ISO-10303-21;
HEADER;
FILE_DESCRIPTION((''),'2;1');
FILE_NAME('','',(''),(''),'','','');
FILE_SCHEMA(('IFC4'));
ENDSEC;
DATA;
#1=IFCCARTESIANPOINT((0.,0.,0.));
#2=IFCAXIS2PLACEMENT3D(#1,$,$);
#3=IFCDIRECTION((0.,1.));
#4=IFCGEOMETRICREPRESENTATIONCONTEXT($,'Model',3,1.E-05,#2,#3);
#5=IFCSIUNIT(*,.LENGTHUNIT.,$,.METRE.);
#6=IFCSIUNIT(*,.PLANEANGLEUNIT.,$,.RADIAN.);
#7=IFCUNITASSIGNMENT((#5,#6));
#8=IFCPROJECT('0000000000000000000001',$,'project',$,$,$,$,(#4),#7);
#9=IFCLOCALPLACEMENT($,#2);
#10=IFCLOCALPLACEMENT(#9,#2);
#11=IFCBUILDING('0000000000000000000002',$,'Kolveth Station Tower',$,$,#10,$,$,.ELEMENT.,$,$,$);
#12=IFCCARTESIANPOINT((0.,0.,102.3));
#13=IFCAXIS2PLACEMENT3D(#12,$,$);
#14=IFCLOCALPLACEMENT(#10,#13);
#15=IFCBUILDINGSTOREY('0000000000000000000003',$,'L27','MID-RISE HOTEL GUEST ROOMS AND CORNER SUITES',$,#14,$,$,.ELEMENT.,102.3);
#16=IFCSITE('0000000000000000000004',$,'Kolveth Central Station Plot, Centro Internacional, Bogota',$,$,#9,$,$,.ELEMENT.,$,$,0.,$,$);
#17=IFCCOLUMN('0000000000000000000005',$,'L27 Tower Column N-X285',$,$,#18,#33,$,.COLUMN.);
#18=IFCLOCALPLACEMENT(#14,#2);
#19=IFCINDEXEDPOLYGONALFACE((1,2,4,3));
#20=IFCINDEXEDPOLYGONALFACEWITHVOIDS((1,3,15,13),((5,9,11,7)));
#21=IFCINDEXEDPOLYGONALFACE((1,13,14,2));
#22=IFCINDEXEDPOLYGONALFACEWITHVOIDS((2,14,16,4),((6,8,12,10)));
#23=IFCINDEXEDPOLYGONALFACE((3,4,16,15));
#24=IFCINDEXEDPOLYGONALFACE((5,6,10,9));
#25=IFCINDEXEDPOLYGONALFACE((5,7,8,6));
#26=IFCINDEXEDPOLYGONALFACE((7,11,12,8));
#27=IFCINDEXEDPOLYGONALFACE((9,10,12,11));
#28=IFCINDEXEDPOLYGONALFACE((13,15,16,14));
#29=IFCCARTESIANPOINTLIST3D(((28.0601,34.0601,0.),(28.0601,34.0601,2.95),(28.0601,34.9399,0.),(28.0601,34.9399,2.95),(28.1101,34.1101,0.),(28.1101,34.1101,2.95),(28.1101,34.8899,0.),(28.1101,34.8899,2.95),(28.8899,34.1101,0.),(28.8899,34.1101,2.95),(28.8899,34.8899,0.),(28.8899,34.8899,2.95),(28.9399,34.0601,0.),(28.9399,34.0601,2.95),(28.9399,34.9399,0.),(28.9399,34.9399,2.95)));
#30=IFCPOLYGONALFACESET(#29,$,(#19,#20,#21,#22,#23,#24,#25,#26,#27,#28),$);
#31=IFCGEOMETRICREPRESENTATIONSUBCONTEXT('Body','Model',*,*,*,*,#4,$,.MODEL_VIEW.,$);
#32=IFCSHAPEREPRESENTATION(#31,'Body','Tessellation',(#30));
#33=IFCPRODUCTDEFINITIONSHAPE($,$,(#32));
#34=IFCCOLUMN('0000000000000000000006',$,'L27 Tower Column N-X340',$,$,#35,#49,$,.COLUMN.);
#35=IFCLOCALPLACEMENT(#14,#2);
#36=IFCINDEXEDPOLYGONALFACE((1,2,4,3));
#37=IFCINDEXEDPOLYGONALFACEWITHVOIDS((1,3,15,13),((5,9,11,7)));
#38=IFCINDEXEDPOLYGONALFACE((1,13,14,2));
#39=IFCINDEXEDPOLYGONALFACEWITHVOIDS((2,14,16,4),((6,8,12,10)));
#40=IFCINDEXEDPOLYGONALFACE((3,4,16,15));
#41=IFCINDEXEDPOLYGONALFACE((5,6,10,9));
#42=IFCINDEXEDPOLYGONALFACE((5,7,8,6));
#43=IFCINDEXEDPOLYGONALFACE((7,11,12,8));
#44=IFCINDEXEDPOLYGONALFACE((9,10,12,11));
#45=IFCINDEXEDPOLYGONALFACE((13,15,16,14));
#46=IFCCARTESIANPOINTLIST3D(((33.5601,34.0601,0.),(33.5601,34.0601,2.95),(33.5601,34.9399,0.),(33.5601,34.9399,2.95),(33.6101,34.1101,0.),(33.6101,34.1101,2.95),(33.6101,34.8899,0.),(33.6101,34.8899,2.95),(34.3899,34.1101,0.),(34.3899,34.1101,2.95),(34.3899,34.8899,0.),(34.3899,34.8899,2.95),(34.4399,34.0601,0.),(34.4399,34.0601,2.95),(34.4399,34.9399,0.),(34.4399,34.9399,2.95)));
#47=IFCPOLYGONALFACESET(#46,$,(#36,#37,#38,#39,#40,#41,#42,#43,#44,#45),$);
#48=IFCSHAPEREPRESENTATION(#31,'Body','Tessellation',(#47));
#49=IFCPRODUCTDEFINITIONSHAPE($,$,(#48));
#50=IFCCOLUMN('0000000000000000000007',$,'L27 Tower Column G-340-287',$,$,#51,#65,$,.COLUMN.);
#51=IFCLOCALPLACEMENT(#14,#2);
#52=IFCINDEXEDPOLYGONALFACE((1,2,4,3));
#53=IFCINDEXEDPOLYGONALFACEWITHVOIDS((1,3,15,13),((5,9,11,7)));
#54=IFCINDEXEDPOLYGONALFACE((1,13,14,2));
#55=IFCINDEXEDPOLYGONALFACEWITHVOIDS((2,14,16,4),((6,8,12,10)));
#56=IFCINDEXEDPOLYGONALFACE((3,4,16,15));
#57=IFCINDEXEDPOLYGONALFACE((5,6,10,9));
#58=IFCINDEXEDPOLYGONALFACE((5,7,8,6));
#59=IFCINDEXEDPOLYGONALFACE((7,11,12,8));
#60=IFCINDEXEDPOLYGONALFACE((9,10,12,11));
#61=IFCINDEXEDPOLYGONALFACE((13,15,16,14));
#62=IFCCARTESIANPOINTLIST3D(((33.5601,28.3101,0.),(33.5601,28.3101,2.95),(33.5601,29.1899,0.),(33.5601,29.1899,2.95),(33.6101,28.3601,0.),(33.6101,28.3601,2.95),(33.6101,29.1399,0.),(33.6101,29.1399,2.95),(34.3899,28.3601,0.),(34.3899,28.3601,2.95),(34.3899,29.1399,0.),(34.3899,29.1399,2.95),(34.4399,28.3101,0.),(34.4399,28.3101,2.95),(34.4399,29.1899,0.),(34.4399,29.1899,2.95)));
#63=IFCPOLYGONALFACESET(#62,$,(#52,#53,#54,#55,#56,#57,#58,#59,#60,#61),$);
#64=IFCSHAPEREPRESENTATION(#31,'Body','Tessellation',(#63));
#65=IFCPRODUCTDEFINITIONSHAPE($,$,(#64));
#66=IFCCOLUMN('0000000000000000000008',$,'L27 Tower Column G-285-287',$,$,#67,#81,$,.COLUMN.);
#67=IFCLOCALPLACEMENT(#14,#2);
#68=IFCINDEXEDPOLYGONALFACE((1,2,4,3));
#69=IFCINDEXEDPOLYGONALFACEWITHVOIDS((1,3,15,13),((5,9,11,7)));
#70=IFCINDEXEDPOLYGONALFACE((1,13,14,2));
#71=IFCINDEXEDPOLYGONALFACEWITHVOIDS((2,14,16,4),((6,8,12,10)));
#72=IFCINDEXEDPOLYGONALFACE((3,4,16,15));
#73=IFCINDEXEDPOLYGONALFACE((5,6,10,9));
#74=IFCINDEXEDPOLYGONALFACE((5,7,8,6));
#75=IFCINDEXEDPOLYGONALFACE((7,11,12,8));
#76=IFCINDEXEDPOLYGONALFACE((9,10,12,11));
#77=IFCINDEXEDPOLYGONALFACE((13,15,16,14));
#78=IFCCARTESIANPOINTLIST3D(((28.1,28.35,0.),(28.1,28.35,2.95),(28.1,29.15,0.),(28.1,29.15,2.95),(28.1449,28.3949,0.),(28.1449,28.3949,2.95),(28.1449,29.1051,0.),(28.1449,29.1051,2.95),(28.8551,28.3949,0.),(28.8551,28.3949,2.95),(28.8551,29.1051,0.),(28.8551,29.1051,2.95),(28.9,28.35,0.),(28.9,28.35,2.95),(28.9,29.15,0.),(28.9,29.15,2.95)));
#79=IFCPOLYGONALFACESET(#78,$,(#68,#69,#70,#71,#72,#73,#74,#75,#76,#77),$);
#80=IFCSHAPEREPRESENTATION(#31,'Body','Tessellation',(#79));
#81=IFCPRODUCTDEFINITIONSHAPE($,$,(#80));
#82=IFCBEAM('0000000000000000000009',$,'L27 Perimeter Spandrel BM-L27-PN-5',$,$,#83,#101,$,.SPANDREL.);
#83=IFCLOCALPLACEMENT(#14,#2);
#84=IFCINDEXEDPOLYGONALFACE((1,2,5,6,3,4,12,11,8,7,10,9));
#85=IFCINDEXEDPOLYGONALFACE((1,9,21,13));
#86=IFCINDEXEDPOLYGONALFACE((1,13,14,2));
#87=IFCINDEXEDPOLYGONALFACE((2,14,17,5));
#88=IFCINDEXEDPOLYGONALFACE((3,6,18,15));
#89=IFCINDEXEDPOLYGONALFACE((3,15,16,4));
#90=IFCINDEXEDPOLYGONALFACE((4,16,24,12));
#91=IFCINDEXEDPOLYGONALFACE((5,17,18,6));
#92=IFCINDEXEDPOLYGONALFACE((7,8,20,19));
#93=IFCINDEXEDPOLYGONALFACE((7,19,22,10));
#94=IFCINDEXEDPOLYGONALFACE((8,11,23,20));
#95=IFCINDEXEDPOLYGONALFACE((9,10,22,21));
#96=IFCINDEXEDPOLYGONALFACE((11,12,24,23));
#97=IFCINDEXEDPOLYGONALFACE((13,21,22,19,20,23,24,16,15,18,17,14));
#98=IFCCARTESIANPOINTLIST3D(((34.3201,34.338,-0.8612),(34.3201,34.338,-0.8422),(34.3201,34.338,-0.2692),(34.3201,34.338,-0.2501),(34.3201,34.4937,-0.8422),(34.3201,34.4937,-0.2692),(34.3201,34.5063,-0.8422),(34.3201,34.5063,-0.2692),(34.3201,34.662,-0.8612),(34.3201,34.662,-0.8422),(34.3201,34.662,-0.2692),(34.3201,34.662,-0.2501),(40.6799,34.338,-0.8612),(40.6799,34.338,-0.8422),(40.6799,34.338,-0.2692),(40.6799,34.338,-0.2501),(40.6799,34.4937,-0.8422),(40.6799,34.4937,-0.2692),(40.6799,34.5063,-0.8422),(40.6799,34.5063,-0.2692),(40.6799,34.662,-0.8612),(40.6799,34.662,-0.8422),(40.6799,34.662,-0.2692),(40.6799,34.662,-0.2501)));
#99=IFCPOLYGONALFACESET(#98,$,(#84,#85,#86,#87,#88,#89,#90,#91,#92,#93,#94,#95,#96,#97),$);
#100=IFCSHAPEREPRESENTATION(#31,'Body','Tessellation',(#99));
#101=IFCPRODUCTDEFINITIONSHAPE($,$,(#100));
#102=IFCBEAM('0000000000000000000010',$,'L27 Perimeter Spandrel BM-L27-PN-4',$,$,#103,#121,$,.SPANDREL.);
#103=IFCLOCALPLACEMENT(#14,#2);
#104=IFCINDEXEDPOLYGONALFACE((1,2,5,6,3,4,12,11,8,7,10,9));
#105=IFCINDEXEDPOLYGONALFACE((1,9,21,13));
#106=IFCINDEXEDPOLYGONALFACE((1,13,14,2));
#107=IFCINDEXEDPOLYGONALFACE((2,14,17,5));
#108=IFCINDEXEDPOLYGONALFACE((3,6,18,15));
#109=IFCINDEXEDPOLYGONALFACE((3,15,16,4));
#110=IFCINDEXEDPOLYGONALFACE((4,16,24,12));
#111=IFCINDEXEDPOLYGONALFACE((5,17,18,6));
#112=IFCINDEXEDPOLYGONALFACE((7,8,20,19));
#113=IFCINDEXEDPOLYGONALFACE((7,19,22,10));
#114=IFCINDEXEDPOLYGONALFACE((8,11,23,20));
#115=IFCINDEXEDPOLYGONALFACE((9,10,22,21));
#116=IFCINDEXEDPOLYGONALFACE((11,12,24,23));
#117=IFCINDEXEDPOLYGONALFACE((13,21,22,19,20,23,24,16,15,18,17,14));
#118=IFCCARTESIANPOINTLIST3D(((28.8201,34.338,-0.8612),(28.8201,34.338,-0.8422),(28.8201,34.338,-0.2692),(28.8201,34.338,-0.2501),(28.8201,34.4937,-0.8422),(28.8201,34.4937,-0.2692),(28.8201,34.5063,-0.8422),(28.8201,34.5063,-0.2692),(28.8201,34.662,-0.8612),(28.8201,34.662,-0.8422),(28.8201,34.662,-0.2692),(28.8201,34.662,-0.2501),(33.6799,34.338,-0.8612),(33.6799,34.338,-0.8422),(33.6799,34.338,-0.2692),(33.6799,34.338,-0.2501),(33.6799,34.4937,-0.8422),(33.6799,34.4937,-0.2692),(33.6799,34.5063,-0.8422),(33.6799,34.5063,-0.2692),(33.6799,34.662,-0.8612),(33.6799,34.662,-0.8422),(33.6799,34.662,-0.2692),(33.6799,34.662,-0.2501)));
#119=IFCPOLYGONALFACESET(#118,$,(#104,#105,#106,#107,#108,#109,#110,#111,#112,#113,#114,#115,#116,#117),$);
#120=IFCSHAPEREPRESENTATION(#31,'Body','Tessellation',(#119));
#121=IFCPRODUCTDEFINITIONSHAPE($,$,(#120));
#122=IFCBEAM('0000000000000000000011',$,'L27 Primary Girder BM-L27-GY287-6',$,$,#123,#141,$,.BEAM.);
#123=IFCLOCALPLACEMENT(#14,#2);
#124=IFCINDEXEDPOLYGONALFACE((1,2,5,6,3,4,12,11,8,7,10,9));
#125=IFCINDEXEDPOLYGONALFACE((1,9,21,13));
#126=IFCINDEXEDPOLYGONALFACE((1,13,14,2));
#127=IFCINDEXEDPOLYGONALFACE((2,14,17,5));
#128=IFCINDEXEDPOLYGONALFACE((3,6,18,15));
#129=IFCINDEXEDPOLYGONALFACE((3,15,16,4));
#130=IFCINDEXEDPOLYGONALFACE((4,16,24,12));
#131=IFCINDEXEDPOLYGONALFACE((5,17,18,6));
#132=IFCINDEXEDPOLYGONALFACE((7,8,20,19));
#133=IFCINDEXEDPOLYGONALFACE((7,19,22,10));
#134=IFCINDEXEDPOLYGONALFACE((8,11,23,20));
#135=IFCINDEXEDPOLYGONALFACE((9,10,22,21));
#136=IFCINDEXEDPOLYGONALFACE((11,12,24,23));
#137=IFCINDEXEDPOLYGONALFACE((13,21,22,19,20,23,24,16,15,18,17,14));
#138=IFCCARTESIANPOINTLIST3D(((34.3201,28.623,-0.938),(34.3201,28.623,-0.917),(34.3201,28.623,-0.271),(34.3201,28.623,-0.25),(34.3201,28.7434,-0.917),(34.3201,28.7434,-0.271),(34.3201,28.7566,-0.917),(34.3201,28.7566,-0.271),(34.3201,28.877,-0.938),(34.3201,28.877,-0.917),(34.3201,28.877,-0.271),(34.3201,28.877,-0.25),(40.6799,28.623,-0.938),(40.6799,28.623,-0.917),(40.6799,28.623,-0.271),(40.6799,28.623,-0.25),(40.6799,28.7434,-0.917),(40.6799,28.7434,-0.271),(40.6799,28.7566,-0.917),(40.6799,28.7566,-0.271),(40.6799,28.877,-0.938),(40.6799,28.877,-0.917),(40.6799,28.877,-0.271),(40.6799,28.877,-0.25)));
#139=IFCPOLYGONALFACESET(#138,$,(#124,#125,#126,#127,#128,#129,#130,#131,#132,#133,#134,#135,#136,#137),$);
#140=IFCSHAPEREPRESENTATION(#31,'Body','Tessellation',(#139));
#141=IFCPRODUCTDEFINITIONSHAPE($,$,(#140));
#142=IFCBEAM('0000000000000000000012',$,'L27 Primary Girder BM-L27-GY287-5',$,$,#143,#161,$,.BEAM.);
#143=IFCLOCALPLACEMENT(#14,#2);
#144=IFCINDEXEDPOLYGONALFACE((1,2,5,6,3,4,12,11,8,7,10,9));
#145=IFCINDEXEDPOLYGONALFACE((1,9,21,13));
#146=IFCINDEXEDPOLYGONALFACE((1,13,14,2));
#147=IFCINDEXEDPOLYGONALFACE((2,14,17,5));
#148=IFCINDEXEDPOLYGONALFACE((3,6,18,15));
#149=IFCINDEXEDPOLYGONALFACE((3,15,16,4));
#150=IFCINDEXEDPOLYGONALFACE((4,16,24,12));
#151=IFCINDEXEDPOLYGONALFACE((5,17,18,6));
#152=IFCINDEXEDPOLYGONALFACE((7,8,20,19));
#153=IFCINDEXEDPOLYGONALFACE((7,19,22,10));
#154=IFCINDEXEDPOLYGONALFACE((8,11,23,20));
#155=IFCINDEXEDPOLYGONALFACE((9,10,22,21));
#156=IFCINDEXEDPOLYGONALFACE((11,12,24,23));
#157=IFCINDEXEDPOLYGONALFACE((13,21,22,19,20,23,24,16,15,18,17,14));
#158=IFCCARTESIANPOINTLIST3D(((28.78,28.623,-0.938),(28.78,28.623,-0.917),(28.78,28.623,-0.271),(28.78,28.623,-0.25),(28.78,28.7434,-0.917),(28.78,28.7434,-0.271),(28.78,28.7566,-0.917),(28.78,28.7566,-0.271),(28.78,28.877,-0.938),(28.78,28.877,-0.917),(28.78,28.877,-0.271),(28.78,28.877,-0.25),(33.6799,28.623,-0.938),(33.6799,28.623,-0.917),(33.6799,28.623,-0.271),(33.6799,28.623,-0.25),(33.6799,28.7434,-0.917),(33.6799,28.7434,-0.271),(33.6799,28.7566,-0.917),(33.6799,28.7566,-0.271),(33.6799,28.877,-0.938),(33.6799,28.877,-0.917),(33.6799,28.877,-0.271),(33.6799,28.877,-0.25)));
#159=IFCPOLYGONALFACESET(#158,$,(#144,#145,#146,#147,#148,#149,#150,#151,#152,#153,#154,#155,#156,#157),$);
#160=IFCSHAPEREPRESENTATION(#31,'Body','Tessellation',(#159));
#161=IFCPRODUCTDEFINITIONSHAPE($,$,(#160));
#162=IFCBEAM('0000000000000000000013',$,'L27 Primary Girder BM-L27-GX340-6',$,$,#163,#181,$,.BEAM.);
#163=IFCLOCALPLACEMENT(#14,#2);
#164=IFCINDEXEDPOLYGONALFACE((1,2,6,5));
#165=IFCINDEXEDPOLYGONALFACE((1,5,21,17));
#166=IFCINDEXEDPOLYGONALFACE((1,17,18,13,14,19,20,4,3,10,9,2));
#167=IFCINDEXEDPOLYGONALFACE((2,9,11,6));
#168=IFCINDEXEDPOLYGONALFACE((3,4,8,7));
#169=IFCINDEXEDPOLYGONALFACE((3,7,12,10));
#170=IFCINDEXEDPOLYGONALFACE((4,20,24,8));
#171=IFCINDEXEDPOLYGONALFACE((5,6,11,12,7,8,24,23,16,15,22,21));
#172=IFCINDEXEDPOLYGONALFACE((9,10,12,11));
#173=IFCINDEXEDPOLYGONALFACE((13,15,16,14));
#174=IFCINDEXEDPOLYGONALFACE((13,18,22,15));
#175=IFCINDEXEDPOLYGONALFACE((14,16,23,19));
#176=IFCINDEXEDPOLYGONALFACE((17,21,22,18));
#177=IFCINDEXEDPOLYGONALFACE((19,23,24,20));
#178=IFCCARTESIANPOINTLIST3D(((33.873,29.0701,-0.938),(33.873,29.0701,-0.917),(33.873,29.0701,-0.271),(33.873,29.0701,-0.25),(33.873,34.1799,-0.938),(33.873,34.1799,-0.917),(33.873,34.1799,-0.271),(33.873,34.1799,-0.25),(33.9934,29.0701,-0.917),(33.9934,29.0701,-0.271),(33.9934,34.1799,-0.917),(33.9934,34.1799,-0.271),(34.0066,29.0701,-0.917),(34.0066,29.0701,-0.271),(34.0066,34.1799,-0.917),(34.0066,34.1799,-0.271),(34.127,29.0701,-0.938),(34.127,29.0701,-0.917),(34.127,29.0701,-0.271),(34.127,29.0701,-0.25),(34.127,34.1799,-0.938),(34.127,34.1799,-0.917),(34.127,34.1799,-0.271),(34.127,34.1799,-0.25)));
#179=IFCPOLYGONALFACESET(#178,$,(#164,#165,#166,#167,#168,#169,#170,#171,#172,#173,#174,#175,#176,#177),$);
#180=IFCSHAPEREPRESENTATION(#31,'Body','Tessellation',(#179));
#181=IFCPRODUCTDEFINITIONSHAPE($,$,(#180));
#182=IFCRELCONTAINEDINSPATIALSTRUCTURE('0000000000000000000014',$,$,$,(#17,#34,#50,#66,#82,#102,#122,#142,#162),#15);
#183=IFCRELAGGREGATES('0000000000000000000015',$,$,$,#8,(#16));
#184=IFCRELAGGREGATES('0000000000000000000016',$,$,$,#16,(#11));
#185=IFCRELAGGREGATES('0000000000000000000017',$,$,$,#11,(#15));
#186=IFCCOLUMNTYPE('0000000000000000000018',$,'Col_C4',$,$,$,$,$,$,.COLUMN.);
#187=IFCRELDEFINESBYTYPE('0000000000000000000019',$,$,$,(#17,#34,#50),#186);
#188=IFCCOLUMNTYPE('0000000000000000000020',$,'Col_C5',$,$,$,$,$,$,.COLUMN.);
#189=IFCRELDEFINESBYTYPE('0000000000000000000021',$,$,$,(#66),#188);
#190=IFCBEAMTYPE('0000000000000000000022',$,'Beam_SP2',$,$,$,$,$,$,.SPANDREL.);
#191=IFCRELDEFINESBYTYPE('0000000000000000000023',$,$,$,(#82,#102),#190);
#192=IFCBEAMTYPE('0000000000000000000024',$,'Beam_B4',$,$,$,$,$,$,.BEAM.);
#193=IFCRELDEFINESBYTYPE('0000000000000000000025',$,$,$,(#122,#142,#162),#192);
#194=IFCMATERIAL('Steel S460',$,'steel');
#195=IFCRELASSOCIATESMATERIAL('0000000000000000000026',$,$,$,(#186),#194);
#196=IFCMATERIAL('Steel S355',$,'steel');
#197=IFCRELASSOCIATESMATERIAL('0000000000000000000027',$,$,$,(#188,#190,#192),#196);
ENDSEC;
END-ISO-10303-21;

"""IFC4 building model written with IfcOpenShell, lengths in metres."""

from ifc_helpers import new_model, si_unit, direction, frame, origin, origin_2d, place, context, subcontext, project, spatial, hollow_rectangle, i_section, extrude, source, transform, mapped, material, material_profile, profile_set, type_object, element, save


model = new_model("IFC4")

# Units and contexts
model_context = context("Model", 3, precision=1e-05, world=origin(), true_north=direction((0.0, 1.0)))
body_context = subcontext(model_context, "Body", "Model", "MODEL_VIEW")
ifc_project = project(units=[si_unit("LENGTHUNIT", "METRE"), si_unit("PLANEANGLEUNIT", "RADIAN")], contexts=[model_context])

# Site, building, storey
site_placement = place(None, origin())
site = spatial("IfcSite", under=ifc_project, at=site_placement, Name="Kolveth Central Station Plot, Centro Internacional, Bogota", CompositionType="ELEMENT", RefElevation=0.0)
building_placement = place(site_placement, origin())
building = spatial("IfcBuilding", under=site, at=building_placement, Name="Kolveth Station Tower", CompositionType="ELEMENT")
storey_placement = place(building_placement, frame((0.0, 0.0, 102.3)))
storey = spatial("IfcBuildingStorey", under=building, at=storey_placement, Name="L27", Description="MID-RISE HOTEL GUEST ROOMS AND CORNER SUITES", CompositionType="ELEMENT", Elevation=102.3)

# Columns
ifc_material_1 = material(Name="Steel S460", Category="steel")
ifc_material_profile_1 = material_profile(ifc_material_1, hollow_rectangle(XDim=0.8799, YDim=0.8799, WallThickness=0.05, at=origin_2d()), Name="BOX880x880x50")
ifc_profile_set_1 = profile_set([ifc_material_profile_1], Name="Steel S460")
column_type_1 = type_object("IfcColumnType", Name="Col_C4", PredefinedType="COLUMN", material=ifc_profile_set_1)
shared_shape_1 = source(origin(), body_context, "Body", "SweptSolid", [
    extrude(hollow_rectangle(XDim=0.8799, YDim=0.8799, WallThickness=0.05, at=origin_2d()), origin(), (0.0, 0.0, 1.0), 2.95),
])
for number, where, z_axis, x_axis, name in (
    (1, (28.5, 34.5, 0.0), (0.0, 0.0, 1.0), (1.0, 0.0, 0.0), "L27 Tower Column N-X285"),
    (2, (34.0, 34.5, 0.0), (0.0, 0.0, 1.0), (1.0, 0.0, 0.0), "L27 Tower Column N-X340"),
    (3, (34.0, 28.75, 0.0), (0.0, 0.0, 1.0), (1.0, 0.0, 0.0), "L27 Tower Column G-340-287"),
):
    element("IfcColumn", number, at=place(storey_placement, frame(where, z_axis=z_axis, x_axis=x_axis)), inside=storey, type_object=column_type_1, Name=name, PredefinedType="COLUMN", context=body_context, shape_type="MappedRepresentation", body=[
        mapped(shared_shape_1, transform((0.0, 0.0, 0.0), x_axis=(1.0, 0.0, 0.0), y_axis=(0.0, 1.0, 0.0), z_axis=(0.0, 0.0, 1.0), scale=1.0)),
    ])
ifc_material_2 = material(Name="Steel S355", Category="steel")
ifc_material_profile_2 = material_profile(ifc_material_2, hollow_rectangle(XDim=0.8, YDim=0.8, WallThickness=0.0449, at=origin_2d()), Name="BOX800x800x45")
ifc_profile_set_2 = profile_set([ifc_material_profile_2], Name="Steel S355")
column_type_2 = type_object("IfcColumnType", Name="Col_C5", PredefinedType="COLUMN", material=ifc_profile_set_2)
shared_shape_2 = source(origin(), body_context, "Body", "SweptSolid", [
    extrude(hollow_rectangle(XDim=0.8, YDim=0.8, WallThickness=0.0449, at=origin_2d()), origin(), (0.0, 0.0, 1.0), 2.95),
])
column_placement = place(storey_placement, frame((28.5, 28.75, 0.0), z_axis=(0.0, 0.0, 1.0), x_axis=(1.0, 0.0, 0.0)))
element("IfcColumn", 4, at=column_placement, inside=storey, type_object=column_type_2, Name="L27 Tower Column G-285-287", PredefinedType="COLUMN", context=body_context, shape_type="MappedRepresentation", body=[
    mapped(shared_shape_2, transform((0.0, 0.0, 0.0), x_axis=(1.0, 0.0, 0.0), y_axis=(0.0, 1.0, 0.0), z_axis=(0.0, 0.0, 1.0), scale=1.0)),
])

# Beams
ifc_material_profile_3 = material_profile(ifc_material_2, i_section(OverallWidth=0.324, OverallDepth=0.6111, WebThickness=0.0127, FlangeThickness=0.019, at=origin_2d()), Name="W610x155")
ifc_profile_set_3 = profile_set([ifc_material_profile_3], Name="Steel S355")
beam_type_1 = type_object("IfcBeamType", Name="Beam_SP2", PredefinedType="SPANDREL", material=ifc_profile_set_3)
shared_shape_3 = source(origin(), body_context, "Body", "SweptSolid", [
    extrude(i_section(OverallWidth=0.324, OverallDepth=0.6111, WebThickness=0.0127, FlangeThickness=0.019, at=origin_2d()), origin(), (0.0, 0.0, 1.0), 6.3599),
])
beam_1_placement = place(storey_placement, frame((34.3201, 34.5, -0.5557), z_axis=(1.0, 0.0, 0.0), x_axis=(0.0, 1.0, 0.0)))
element("IfcBeam", 5, at=beam_1_placement, inside=storey, type_object=beam_type_1, Name="L27 Perimeter Spandrel BM-L27-PN-5", PredefinedType="SPANDREL", context=body_context, shape_type="MappedRepresentation", body=[
    mapped(shared_shape_3, transform((0.0, 0.0, 0.0), x_axis=(1.0, 0.0, 0.0), y_axis=(0.0, 1.0, 0.0), z_axis=(0.0, 0.0, 1.0), scale=1.0)),
])
shared_shape_4 = source(origin(), body_context, "Body", "SweptSolid", [
    extrude(i_section(OverallWidth=0.324, OverallDepth=0.6111, WebThickness=0.0127, FlangeThickness=0.019, at=origin_2d()), origin(), (0.0, 0.0, 1.0), 4.8599),
])
beam_2_placement = place(storey_placement, frame((28.8201, 34.5, -0.5557), z_axis=(1.0, 0.0, 0.0), x_axis=(0.0, 1.0, 0.0)))
element("IfcBeam", 6, at=beam_2_placement, inside=storey, type_object=beam_type_1, Name="L27 Perimeter Spandrel BM-L27-PN-4", PredefinedType="SPANDREL", context=body_context, shape_type="MappedRepresentation", body=[
    mapped(shared_shape_4, transform((0.0, 0.0, 0.0), x_axis=(1.0, 0.0, 0.0), y_axis=(0.0, 1.0, 0.0), z_axis=(0.0, 0.0, 1.0), scale=1.0)),
])
ifc_material_profile_4 = material_profile(ifc_material_2, i_section(OverallWidth=0.2539, OverallDepth=0.688, WebThickness=0.0132, FlangeThickness=0.021, at=origin_2d()), Name="W690x152")
ifc_profile_set_4 = profile_set([ifc_material_profile_4], Name="Steel S355")
beam_type_2 = type_object("IfcBeamType", Name="Beam_B4", PredefinedType="BEAM", material=ifc_profile_set_4)
shared_shape_5 = source(origin(), body_context, "Body", "SweptSolid", [
    extrude(i_section(OverallWidth=0.2539, OverallDepth=0.688, WebThickness=0.0132, FlangeThickness=0.021, at=origin_2d()), origin(), (0.0, 0.0, 1.0), 6.3599),
])
beam_3_placement = place(storey_placement, frame((34.3201, 28.75, -0.594), z_axis=(1.0, 0.0, 0.0), x_axis=(0.0, 1.0, 0.0)))
element("IfcBeam", 7, at=beam_3_placement, inside=storey, type_object=beam_type_2, Name="L27 Primary Girder BM-L27-GY287-6", PredefinedType="BEAM", context=body_context, shape_type="MappedRepresentation", body=[
    mapped(shared_shape_5, transform((0.0, 0.0, 0.0), x_axis=(1.0, 0.0, 0.0), y_axis=(0.0, 1.0, 0.0), z_axis=(0.0, 0.0, 1.0), scale=1.0)),
])
shared_shape_6 = source(origin(), body_context, "Body", "SweptSolid", [
    extrude(i_section(OverallWidth=0.2539, OverallDepth=0.688, WebThickness=0.0132, FlangeThickness=0.021, at=origin_2d()), origin(), (0.0, 0.0, 1.0), 4.8999),
])
beam_4_placement = place(storey_placement, frame((28.78, 28.75, -0.594), z_axis=(1.0, 0.0, 0.0), x_axis=(0.0, 1.0, 0.0)))
element("IfcBeam", 8, at=beam_4_placement, inside=storey, type_object=beam_type_2, Name="L27 Primary Girder BM-L27-GY287-5", PredefinedType="BEAM", context=body_context, shape_type="MappedRepresentation", body=[
    mapped(shared_shape_6, transform((0.0, 0.0, 0.0), x_axis=(1.0, 0.0, 0.0), y_axis=(0.0, 1.0, 0.0), z_axis=(0.0, 0.0, 1.0), scale=1.0)),
])
shared_shape_7 = source(origin(), body_context, "Body", "SweptSolid", [
    extrude(i_section(OverallWidth=0.2539, OverallDepth=0.688, WebThickness=0.0132, FlangeThickness=0.021, at=origin_2d()), origin(), (0.0, 0.0, 1.0), 5.1099),
])
beam_5_placement = place(storey_placement, frame((34.0, 29.0701, -0.594), z_axis=(0.0, 1.0, 0.0), x_axis=(-1.0, 0.0, 0.0)))
element("IfcBeam", 9, at=beam_5_placement, inside=storey, type_object=beam_type_2, Name="L27 Primary Girder BM-L27-GX340-6", PredefinedType="BEAM", context=body_context, shape_type="MappedRepresentation", body=[
    mapped(shared_shape_7, transform((0.0, 0.0, 0.0), x_axis=(1.0, 0.0, 0.0), y_axis=(0.0, 1.0, 0.0), z_axis=(0.0, 0.0, 1.0), scale=1.0)),
])

save(model, "model.ifc")
